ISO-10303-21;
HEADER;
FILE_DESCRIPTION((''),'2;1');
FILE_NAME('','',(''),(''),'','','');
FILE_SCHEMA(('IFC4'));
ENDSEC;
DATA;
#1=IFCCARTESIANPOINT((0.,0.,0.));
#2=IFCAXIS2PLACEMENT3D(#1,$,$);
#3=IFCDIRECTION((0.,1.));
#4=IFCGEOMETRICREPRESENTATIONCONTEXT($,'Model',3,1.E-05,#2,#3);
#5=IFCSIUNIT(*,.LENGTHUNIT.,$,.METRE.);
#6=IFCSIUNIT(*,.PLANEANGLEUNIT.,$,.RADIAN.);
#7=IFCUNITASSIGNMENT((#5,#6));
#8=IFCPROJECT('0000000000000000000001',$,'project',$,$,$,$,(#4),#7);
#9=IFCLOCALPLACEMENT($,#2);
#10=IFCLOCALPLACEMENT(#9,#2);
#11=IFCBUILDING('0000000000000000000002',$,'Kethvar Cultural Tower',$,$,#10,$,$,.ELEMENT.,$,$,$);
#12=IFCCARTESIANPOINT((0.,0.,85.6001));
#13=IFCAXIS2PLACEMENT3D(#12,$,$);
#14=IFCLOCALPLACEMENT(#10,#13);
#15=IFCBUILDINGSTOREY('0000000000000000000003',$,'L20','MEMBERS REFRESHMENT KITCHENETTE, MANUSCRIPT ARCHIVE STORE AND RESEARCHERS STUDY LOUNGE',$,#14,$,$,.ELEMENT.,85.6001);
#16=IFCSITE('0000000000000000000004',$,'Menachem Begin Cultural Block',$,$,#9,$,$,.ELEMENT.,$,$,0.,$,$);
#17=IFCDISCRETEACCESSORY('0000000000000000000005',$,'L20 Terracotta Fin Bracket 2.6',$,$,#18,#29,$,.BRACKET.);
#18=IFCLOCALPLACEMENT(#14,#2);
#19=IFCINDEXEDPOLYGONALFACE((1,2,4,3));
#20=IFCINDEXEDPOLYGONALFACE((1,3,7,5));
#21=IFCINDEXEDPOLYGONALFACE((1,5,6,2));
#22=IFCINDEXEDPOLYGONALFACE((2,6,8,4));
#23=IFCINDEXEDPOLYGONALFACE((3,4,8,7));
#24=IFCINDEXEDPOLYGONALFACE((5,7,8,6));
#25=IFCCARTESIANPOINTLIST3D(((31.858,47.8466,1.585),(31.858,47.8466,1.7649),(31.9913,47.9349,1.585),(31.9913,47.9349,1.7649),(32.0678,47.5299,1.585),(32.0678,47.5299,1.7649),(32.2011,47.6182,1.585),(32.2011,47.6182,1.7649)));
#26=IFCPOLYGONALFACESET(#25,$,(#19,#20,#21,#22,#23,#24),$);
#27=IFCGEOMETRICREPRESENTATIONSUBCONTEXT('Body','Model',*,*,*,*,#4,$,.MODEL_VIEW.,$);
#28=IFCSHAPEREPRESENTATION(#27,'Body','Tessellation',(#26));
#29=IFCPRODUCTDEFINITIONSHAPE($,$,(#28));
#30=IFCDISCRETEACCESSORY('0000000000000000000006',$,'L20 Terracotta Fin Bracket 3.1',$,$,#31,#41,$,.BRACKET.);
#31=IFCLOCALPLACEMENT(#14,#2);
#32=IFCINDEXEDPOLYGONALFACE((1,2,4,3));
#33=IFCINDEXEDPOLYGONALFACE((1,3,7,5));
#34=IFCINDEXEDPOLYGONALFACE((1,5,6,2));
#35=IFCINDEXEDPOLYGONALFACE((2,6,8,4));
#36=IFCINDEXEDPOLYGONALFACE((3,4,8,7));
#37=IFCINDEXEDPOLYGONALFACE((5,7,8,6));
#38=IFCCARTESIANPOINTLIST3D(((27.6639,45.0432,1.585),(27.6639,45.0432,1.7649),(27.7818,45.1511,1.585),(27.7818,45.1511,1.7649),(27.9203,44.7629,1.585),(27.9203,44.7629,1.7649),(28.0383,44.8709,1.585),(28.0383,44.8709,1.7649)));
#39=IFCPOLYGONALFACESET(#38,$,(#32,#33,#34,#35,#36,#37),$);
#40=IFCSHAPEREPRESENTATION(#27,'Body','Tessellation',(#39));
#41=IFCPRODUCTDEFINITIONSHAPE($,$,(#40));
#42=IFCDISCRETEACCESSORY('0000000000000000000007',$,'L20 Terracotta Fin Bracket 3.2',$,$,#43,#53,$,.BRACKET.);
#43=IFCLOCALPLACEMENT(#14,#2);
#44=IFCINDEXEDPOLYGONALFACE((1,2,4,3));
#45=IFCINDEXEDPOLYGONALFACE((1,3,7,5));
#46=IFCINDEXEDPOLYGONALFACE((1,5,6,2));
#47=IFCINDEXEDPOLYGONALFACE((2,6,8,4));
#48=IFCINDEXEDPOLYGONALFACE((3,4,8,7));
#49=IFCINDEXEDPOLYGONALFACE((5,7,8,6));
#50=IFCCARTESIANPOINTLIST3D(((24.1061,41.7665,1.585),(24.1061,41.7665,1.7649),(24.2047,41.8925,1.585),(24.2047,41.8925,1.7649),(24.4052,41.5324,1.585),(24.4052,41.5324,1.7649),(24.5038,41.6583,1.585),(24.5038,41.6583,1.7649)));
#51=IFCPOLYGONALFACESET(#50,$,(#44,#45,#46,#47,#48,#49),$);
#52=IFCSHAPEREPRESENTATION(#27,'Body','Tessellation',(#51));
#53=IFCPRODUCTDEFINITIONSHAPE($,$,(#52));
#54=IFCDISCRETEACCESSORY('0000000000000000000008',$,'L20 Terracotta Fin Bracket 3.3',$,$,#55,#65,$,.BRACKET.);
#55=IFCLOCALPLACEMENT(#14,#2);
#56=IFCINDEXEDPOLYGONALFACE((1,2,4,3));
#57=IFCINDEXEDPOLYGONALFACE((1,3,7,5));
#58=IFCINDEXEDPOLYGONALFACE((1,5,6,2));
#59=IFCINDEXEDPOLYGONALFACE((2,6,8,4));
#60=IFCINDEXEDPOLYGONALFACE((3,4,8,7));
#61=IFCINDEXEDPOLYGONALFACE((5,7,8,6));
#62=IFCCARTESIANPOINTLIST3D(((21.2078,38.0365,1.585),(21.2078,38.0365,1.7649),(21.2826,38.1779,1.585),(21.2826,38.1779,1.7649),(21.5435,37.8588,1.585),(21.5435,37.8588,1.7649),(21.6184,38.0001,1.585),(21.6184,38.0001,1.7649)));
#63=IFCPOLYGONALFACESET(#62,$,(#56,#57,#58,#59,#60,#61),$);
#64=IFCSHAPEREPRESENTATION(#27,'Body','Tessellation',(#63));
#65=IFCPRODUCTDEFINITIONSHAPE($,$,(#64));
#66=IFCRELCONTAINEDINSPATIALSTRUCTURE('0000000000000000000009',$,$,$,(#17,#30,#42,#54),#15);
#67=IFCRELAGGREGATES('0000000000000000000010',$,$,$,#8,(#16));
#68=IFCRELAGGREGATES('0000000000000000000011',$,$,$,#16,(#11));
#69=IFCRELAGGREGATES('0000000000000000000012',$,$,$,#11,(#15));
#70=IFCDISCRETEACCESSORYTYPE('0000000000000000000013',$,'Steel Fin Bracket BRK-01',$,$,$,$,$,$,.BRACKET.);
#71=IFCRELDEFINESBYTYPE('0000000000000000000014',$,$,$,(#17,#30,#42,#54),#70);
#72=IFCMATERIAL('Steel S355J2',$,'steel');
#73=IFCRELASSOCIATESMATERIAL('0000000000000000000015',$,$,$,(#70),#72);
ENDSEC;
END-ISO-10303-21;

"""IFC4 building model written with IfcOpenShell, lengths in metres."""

from ifc_helpers import new_model, si_unit, direction, frame, origin, origin_2d, place, context, subcontext, project, spatial, rectangle, extrude, source, transform, mapped, material, type_object, element, save


model = new_model("IFC4")

# Units and contexts
model_context = context("Model", 3, precision=1e-05, world=origin(), true_north=direction((0.0, 1.0)))
body_context = subcontext(model_context, "Body", "Model", "MODEL_VIEW")
ifc_project = project(units=[si_unit("LENGTHUNIT", "METRE"), si_unit("PLANEANGLEUNIT", "RADIAN")], contexts=[model_context])

# Site, building, storey
site_placement = place(None, origin())
site = spatial("IfcSite", under=ifc_project, at=site_placement, Name="Menachem Begin Cultural Block", CompositionType="ELEMENT", RefElevation=0.0)
building_placement = place(site_placement, origin())
building = spatial("IfcBuilding", under=site, at=building_placement, Name="Kethvar Cultural Tower", CompositionType="ELEMENT")
storey_placement = place(building_placement, frame((0.0, 0.0, 85.6001)))
storey = spatial("IfcBuildingStorey", under=building, at=storey_placement, Name="L20", Description="MEMBERS REFRESHMENT KITCHENETTE, MANUSCRIPT ARCHIVE STORE AND RESEARCHERS STUDY LOUNGE", CompositionType="ELEMENT", Elevation=85.6001)

# Shared definitions
ifc_material_1 = material(Name="Steel S355J2", Category="steel")

# Discrete accessories
discrete_accessory_type = type_object("IfcDiscreteAccessoryType", Name="Steel Fin Bracket BRK-01", PredefinedType="BRACKET", material=ifc_material_1)
shared_shape_1 = source(origin(), body_context, "Body", "SweptSolid", [
    extrude(rectangle(XDim=0.3799, YDim=0.1599, at=origin_2d()), origin(), (0.0, 0.0, 1.0), 0.1799),
])
for number, where, z_axis, x_axis, name in (
    (1, (32.0295, 47.7324, 1.585), (0.0, 0.0, 1.0), (-0.552228, 0.833693, 0.0), "L20 Terracotta Fin Bracket 2.6"),
    (2, (27.8511, 44.957, 1.585), (0.0, 0.0, 1.0), (-0.675075, 0.737749, 0.0), "L20 Terracotta Fin Bracket 3.1"),
    (3, (24.3049, 41.7124, 1.585), (0.0, 0.0, 1.0), (-0.787366, 0.616486, 0.0), "L20 Terracotta Fin Bracket 3.2"),
    (4, (21.4131, 38.0183, 1.585), (0.0, 0.0, 1.0), (-0.883766, 0.46793, 0.0), "L20 Terracotta Fin Bracket 3.3"),
):
    element("IfcDiscreteAccessory", number, at=place(storey_placement, frame(where, z_axis=z_axis, x_axis=x_axis)), inside=storey, type_object=discrete_accessory_type, Name=name, PredefinedType="BRACKET", context=body_context, shape_type="MappedRepresentation", body=[
        mapped(shared_shape_1, transform((0.0, 0.0, 0.0), scale=1.0)),
    ])

save(model, "model.ifc")
